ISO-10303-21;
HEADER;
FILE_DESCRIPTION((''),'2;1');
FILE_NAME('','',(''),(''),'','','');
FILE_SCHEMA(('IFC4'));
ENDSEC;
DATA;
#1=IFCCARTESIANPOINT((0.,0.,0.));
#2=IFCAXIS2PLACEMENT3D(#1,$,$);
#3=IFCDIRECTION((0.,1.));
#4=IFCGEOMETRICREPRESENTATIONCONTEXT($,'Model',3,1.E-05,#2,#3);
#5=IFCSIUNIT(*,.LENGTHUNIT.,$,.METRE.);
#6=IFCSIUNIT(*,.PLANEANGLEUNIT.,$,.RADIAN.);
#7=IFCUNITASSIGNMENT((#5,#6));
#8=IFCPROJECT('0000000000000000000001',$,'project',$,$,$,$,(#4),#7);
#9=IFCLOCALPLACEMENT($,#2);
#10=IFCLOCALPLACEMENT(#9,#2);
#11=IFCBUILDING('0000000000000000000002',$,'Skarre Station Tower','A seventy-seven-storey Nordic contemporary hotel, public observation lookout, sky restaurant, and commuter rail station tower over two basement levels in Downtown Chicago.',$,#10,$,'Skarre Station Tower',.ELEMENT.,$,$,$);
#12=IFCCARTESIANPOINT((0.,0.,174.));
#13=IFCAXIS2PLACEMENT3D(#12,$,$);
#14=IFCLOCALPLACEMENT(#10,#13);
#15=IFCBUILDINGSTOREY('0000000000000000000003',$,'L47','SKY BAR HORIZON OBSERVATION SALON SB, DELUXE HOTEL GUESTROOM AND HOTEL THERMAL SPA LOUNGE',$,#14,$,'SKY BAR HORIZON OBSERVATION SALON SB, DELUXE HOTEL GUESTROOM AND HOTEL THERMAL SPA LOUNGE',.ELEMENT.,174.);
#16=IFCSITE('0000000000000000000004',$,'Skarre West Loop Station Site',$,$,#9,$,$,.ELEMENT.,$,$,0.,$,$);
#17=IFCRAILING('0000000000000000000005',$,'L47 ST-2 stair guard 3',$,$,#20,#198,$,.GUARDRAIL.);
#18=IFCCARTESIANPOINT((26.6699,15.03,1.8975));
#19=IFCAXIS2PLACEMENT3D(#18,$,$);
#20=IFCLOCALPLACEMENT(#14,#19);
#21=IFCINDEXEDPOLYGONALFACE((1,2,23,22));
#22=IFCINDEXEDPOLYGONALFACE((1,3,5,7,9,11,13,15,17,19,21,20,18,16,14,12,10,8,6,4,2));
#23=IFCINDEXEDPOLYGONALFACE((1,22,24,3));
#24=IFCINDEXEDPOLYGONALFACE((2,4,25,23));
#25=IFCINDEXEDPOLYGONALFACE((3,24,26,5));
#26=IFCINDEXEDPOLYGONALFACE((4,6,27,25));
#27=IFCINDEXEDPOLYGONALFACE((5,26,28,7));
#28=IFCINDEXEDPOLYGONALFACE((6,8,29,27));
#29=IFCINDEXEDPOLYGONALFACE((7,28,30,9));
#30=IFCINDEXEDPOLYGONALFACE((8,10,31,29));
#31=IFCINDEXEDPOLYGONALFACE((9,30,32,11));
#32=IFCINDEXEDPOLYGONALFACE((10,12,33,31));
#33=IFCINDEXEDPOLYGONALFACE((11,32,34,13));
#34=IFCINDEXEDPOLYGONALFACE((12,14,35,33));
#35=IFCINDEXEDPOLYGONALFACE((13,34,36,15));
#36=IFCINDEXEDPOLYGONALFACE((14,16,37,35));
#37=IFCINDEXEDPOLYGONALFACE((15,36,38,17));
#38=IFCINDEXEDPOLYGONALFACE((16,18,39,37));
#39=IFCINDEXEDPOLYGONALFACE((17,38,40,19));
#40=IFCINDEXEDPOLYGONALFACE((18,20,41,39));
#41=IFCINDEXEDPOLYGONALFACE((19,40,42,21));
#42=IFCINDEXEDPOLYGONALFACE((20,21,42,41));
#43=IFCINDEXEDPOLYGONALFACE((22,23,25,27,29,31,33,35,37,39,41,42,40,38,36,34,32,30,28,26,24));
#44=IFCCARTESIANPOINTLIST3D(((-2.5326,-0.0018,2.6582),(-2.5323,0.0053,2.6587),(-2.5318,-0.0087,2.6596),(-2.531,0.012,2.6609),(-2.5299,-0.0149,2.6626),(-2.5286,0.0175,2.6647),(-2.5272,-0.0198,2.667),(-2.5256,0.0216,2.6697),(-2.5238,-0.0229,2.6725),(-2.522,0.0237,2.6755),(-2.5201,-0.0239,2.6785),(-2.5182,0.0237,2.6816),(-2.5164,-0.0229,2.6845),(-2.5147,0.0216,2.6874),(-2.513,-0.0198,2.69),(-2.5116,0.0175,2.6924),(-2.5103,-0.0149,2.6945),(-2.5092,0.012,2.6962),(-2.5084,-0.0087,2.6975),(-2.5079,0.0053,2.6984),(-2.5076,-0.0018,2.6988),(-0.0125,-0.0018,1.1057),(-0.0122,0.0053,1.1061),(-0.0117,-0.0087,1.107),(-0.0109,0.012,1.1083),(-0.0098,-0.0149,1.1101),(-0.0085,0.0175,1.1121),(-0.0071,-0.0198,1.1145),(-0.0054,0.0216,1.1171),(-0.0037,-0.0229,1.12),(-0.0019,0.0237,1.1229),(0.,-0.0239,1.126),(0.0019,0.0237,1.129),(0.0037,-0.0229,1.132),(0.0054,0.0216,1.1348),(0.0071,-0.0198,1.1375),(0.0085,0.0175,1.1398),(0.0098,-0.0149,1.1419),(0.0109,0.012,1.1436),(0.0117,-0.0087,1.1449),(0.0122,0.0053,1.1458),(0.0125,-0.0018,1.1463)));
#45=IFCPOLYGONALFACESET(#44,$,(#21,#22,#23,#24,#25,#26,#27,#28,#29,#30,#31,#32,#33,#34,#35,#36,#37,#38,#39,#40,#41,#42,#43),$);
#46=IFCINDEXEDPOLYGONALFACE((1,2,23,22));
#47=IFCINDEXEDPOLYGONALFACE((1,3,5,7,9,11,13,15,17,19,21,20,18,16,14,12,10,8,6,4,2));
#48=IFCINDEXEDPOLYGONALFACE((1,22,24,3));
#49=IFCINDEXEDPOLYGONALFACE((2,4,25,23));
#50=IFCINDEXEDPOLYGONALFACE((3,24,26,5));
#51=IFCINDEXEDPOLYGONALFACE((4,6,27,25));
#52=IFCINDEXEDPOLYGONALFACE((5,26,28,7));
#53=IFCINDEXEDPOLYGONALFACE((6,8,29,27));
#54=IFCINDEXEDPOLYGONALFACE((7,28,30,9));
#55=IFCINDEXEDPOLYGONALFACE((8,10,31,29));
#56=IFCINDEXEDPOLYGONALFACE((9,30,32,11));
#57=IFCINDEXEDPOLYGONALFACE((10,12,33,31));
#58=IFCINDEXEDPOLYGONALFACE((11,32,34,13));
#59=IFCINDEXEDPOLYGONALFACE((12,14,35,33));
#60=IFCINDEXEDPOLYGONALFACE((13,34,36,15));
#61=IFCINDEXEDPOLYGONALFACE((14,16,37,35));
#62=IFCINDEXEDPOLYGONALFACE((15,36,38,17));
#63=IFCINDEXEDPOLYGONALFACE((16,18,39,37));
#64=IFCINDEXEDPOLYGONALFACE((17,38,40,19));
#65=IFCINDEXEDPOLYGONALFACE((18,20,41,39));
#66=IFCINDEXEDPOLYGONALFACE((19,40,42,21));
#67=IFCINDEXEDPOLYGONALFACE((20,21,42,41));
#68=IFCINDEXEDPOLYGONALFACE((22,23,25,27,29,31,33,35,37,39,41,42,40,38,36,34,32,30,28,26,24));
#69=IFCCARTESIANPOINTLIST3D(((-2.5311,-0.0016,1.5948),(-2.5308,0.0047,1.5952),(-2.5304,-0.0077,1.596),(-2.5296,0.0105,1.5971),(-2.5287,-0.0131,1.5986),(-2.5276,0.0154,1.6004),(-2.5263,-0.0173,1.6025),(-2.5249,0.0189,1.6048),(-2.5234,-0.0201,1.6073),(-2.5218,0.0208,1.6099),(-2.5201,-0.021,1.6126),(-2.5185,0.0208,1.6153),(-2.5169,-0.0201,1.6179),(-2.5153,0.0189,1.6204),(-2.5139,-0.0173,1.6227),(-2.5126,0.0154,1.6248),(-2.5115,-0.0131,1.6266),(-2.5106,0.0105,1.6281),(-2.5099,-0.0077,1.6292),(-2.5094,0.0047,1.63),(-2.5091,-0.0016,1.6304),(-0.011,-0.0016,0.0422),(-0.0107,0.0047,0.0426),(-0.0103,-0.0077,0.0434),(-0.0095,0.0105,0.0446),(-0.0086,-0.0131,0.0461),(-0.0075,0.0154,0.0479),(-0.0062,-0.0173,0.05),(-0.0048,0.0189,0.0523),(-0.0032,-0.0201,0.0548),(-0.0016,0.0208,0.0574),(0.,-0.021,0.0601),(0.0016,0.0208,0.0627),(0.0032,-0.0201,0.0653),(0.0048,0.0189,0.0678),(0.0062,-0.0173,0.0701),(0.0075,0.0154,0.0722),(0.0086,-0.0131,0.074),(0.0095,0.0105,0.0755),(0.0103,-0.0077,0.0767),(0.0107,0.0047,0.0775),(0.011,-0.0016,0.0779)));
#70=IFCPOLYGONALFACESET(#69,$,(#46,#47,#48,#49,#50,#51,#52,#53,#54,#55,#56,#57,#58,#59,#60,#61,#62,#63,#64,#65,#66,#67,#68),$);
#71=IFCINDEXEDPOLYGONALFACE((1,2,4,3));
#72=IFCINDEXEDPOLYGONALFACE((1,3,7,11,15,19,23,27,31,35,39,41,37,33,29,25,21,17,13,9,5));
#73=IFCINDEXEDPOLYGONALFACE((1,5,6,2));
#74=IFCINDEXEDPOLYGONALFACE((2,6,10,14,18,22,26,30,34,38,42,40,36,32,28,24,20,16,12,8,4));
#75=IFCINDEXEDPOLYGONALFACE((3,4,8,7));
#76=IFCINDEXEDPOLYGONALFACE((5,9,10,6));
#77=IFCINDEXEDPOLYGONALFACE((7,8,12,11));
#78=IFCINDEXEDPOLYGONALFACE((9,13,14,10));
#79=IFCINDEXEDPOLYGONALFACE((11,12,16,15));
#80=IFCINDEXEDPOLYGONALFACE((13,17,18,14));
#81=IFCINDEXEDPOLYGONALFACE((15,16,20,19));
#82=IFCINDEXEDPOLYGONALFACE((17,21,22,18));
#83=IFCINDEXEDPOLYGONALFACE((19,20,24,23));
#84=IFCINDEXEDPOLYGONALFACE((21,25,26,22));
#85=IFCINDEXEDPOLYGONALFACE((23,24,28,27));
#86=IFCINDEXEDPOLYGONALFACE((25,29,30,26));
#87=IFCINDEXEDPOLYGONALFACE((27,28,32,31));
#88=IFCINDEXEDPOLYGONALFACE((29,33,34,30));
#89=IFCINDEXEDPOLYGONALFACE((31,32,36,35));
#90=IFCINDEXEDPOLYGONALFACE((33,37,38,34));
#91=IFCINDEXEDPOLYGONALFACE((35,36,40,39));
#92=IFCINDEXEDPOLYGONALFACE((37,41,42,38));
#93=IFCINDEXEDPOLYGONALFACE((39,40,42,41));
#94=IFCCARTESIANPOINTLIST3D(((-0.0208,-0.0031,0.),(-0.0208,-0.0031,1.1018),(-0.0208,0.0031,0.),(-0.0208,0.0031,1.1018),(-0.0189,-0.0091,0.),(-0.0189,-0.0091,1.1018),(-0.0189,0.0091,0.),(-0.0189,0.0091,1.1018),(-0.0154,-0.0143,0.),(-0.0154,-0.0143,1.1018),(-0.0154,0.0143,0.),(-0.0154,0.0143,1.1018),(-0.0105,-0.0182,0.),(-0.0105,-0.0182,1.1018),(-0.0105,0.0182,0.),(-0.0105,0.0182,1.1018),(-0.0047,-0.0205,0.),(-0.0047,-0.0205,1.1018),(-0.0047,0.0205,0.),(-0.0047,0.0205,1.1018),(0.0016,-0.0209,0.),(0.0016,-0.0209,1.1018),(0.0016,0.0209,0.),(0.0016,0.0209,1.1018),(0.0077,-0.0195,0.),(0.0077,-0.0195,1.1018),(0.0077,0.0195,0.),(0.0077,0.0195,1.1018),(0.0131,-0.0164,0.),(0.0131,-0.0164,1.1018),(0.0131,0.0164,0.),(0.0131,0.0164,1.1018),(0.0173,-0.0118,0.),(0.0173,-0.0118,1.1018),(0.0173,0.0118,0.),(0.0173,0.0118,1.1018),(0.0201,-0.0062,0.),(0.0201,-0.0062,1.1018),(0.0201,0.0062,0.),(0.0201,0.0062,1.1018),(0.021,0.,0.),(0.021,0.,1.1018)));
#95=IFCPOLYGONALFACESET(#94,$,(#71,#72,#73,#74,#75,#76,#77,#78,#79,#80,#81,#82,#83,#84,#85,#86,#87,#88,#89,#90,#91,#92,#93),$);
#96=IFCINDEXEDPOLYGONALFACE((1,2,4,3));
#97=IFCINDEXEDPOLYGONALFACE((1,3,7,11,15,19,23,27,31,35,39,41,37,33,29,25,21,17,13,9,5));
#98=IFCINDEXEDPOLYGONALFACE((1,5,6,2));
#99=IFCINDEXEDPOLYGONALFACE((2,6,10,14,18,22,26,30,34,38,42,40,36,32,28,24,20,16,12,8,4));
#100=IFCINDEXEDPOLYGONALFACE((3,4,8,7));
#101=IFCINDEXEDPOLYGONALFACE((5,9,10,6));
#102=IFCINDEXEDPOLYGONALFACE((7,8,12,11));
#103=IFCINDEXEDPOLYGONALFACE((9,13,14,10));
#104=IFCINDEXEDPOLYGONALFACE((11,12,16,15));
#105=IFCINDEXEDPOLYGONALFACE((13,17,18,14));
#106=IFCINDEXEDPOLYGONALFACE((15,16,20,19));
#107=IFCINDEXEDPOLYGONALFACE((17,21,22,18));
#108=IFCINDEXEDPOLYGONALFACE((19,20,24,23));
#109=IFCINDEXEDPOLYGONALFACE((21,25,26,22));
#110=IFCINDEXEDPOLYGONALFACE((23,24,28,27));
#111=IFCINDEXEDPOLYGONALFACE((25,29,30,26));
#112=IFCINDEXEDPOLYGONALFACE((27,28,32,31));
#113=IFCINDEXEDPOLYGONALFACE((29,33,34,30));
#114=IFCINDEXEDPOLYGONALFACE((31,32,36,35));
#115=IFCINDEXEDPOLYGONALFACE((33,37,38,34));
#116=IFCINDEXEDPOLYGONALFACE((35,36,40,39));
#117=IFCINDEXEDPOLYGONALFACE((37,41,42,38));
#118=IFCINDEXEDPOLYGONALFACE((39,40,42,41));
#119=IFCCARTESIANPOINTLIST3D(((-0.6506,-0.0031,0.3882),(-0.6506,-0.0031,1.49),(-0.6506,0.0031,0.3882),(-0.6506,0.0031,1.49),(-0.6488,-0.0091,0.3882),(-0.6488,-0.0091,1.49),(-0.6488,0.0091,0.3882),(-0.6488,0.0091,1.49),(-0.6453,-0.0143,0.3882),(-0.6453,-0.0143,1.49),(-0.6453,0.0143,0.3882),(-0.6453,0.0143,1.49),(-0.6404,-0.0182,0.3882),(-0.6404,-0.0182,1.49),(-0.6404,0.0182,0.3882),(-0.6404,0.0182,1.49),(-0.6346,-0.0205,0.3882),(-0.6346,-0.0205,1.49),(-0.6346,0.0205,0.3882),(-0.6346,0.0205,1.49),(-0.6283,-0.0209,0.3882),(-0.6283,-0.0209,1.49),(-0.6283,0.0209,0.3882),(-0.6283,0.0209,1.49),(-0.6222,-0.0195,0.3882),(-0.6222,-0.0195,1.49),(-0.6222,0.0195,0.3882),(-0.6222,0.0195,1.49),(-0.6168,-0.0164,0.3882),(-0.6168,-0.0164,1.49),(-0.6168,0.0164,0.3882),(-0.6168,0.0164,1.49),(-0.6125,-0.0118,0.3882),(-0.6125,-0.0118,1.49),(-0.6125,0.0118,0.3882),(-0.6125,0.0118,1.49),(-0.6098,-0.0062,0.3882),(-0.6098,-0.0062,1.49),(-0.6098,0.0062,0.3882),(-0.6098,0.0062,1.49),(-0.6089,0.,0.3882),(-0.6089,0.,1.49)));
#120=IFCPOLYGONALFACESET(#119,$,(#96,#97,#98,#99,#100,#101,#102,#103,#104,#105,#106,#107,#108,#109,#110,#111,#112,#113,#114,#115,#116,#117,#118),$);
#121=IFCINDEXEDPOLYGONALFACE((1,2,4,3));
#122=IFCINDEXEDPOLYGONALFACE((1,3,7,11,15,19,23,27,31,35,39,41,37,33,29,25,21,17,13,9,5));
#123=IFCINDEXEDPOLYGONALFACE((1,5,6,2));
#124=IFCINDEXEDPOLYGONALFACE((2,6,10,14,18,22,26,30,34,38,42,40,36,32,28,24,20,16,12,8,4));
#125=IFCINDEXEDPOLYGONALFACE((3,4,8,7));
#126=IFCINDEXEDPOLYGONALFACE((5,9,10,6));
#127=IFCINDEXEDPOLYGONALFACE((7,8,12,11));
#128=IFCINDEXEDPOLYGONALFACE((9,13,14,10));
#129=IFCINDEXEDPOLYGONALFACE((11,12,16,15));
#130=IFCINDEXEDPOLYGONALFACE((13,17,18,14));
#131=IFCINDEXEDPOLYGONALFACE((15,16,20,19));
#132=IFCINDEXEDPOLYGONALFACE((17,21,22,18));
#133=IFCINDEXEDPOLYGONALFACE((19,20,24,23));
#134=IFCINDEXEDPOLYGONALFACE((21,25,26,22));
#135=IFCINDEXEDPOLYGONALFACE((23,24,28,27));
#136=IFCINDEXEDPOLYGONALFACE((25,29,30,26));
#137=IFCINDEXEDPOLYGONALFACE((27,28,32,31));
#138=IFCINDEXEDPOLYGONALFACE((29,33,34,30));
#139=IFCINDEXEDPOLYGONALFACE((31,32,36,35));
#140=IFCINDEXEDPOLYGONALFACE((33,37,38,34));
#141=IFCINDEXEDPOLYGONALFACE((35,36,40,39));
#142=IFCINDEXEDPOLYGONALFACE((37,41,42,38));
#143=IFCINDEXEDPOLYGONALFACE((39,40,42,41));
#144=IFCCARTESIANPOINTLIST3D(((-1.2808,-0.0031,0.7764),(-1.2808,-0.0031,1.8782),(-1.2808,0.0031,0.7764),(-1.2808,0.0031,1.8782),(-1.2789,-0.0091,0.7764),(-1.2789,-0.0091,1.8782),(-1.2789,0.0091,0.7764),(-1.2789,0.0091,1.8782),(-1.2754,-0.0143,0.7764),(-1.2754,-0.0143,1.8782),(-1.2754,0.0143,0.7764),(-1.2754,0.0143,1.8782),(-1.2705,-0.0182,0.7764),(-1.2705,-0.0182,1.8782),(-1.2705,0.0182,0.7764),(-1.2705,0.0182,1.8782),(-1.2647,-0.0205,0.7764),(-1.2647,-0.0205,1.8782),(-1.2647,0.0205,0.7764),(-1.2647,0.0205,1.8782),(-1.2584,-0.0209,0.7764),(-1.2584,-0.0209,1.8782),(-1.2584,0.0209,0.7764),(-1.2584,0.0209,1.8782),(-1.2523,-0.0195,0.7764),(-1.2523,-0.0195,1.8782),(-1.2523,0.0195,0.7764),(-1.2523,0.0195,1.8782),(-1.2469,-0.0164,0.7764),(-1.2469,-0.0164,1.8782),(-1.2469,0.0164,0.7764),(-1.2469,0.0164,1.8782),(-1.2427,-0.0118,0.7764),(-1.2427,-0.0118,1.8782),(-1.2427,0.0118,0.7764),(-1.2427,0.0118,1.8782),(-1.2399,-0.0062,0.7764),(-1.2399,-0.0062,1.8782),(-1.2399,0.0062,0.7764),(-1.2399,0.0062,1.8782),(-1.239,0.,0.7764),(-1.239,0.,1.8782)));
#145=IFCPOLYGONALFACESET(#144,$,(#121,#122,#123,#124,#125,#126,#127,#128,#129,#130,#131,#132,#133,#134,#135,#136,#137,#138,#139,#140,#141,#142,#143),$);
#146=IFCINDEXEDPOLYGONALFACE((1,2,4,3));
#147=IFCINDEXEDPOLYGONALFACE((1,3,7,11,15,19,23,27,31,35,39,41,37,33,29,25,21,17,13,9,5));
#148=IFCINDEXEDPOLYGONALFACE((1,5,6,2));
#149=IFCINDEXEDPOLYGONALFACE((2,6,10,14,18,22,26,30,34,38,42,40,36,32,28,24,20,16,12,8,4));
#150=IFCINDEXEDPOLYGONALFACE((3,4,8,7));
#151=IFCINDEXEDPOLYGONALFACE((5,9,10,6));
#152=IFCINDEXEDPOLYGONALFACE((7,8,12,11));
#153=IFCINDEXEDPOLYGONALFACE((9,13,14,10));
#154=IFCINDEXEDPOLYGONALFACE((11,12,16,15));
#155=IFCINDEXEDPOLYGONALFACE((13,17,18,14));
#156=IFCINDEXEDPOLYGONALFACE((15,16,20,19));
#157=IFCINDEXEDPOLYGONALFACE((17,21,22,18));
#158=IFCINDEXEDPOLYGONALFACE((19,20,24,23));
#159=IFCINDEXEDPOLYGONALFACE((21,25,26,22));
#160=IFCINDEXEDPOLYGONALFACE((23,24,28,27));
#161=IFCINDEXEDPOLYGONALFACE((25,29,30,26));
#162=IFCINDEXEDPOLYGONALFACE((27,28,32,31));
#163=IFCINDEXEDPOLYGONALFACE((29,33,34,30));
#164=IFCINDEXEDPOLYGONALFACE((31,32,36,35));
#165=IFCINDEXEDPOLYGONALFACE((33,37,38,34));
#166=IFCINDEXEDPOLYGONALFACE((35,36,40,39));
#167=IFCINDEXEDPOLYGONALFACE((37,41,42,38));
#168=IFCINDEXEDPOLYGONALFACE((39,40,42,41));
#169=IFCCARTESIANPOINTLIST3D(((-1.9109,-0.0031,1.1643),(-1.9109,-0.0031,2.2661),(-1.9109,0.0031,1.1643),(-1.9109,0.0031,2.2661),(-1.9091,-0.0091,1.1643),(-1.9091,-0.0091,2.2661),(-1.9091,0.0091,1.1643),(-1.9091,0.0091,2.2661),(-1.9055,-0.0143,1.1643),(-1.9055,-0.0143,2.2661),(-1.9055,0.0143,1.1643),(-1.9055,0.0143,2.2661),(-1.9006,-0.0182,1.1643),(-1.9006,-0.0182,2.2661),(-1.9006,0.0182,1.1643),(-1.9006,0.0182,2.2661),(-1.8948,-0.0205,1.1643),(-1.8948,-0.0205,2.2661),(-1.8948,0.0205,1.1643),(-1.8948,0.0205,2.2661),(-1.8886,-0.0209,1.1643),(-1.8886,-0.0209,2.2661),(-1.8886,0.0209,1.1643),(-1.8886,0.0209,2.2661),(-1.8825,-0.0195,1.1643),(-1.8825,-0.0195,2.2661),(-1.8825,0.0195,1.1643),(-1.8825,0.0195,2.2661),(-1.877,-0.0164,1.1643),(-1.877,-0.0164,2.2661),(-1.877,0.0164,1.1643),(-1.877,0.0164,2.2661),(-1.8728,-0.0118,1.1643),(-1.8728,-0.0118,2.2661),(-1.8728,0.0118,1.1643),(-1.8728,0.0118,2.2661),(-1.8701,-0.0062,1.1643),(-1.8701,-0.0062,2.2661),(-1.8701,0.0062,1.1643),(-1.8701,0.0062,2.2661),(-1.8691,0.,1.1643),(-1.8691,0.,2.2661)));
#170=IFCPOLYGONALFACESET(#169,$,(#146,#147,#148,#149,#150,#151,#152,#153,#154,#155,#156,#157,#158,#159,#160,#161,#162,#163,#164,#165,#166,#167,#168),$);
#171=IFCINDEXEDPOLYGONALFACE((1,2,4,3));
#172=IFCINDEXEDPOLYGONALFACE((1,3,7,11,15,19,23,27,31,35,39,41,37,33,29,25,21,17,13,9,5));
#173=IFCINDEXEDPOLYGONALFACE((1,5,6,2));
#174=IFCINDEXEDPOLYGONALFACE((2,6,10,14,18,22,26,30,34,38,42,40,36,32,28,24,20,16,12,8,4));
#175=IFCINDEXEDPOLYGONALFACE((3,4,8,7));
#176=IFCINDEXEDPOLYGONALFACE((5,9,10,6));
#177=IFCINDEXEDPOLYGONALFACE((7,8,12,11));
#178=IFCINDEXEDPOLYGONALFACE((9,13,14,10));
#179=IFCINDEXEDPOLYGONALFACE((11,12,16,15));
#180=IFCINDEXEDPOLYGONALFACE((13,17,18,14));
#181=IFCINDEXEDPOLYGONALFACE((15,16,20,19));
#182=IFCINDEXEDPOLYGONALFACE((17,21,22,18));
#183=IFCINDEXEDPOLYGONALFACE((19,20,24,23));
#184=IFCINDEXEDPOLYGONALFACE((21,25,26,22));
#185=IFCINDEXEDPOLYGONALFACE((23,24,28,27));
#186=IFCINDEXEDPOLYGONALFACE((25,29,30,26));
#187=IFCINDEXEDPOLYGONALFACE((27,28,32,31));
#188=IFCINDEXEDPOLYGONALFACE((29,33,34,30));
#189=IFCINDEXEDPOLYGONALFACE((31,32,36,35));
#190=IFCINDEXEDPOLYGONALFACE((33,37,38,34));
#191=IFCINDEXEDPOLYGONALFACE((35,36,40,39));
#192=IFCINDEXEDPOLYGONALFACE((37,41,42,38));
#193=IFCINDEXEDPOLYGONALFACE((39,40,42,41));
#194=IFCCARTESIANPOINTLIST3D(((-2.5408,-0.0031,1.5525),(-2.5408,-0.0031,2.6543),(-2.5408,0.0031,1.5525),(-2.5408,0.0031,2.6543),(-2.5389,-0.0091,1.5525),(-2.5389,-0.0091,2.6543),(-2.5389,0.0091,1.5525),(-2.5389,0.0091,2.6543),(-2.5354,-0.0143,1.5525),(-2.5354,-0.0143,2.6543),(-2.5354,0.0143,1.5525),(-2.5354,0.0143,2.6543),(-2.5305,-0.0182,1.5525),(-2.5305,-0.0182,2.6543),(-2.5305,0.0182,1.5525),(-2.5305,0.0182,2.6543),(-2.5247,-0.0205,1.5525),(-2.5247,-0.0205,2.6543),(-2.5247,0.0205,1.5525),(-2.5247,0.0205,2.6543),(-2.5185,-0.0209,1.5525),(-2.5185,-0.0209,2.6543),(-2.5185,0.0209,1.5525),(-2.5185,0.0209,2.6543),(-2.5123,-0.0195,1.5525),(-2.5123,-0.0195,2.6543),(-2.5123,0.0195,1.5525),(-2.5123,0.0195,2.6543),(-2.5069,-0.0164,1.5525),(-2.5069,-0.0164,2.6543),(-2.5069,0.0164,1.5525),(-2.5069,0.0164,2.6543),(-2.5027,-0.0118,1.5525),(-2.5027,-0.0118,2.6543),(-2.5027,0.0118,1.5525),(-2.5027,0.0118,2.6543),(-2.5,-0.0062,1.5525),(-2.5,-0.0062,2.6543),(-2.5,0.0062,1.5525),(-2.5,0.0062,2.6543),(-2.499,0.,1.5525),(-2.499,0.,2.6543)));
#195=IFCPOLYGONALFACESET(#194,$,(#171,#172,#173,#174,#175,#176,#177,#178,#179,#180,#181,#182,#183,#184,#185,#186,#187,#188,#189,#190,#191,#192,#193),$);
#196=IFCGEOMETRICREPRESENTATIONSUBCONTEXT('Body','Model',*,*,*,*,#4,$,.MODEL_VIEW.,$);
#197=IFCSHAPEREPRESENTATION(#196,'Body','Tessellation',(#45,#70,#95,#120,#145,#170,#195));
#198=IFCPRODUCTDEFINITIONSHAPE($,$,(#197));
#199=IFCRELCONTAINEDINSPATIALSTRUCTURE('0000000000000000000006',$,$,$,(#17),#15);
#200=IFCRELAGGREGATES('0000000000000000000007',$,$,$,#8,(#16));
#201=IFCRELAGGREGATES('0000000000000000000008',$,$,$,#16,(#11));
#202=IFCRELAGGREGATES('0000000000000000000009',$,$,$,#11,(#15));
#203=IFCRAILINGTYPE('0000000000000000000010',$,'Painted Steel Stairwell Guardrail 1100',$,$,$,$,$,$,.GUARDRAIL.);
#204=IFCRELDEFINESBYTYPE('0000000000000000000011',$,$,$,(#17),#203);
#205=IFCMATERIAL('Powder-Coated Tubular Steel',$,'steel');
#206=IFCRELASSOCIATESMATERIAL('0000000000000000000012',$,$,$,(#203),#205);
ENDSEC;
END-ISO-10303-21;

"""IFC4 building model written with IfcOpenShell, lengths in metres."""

from ifc_helpers import new_model, si_unit, direction, frame, origin, origin_2d, place, context, subcontext, project, spatial, circle, extrude, material, type_object, element, save


model = new_model("IFC4")

# Units and contexts
model_context = context("Model", 3, precision=1e-05, world=origin(), true_north=direction((0.0, 1.0)))
body_context = subcontext(model_context, "Body", "Model", "MODEL_VIEW")
ifc_project = project(units=[si_unit("LENGTHUNIT", "METRE"), si_unit("PLANEANGLEUNIT", "RADIAN")], contexts=[model_context])

# Site, building, storey
site_placement = place(None, origin())
site = spatial("IfcSite", under=ifc_project, at=site_placement, Name="Skarre West Loop Station Site", CompositionType="ELEMENT", RefElevation=0.0)
building_placement = place(site_placement, origin())
building = spatial("IfcBuilding", under=site, at=building_placement, Name="Skarre Station Tower", Description="A seventy-seven-storey Nordic contemporary hotel, public observation lookout, sky restaurant, and commuter rail station tower over two basement levels in Downtown Chicago.", LongName="Skarre Station Tower", CompositionType="ELEMENT")
storey_placement = place(building_placement, frame((0.0, 0.0, 174.0)))
storey = spatial("IfcBuildingStorey", under=building, at=storey_placement, Name="L47", Description="SKY BAR HORIZON OBSERVATION SALON SB, DELUXE HOTEL GUESTROOM AND HOTEL THERMAL SPA LOUNGE", LongName="SKY BAR HORIZON OBSERVATION SALON SB, DELUXE HOTEL GUESTROOM AND HOTEL THERMAL SPA LOUNGE", CompositionType="ELEMENT", Elevation=174.0)

# Railing
ifc_material_1 = material(Name="Powder-Coated Tubular Steel", Category="steel")
railing_type_1 = type_object("IfcRailingType", Name="Painted Steel Stairwell Guardrail 1100", PredefinedType="GUARDRAIL", material=ifc_material_1)
railing_1_placement = place(storey_placement, frame((26.6699, 15.03, 1.8975)))
element("IfcRailing", 1, at=railing_1_placement, inside=storey, type_object=railing_type_1, Name="L47 ST-2 stair guard 3", PredefinedType="GUARDRAIL", context=body_context, shape_type="SweptSolid", body=[
    extrude(circle(Radius=0.0239, at=origin_2d()), frame((0.0, 0.0, 1.126), z_axis=(-0.8514, 0.0, 0.524516), x_axis=(0.0, -1.0, 0.0)), (0.0, 0.0, 1.0), 2.96),
    extrude(circle(Radius=0.021, at=origin_2d()), frame((0.0, 0.0, 0.0601), z_axis=(-0.8514, 0.0, 0.524516), x_axis=(0.0, -1.0, 0.0)), (0.0, 0.0, 1.0), 2.96),
    extrude(circle(Radius=0.021, at=origin_2d()), origin(), (0.0, 0.0, 1.0), 1.1018),
    extrude(circle(Radius=0.021, at=origin_2d()), frame((-0.6299, 0.0, 0.3882)), (0.0, 0.0, 1.0), 1.1018),
    extrude(circle(Radius=0.021, at=origin_2d()), frame((-1.26, 0.0, 0.7764)), (0.0, 0.0, 1.0), 1.1018),
    extrude(circle(Radius=0.021, at=origin_2d()), frame((-1.8901, 0.0, 1.1643)), (0.0, 0.0, 1.0), 1.1018),
    extrude(circle(Radius=0.021, at=origin_2d()), frame((-2.52, 0.0, 1.5525)), (0.0, 0.0, 1.0), 1.1018),
])

save(model, "model.ifc")
